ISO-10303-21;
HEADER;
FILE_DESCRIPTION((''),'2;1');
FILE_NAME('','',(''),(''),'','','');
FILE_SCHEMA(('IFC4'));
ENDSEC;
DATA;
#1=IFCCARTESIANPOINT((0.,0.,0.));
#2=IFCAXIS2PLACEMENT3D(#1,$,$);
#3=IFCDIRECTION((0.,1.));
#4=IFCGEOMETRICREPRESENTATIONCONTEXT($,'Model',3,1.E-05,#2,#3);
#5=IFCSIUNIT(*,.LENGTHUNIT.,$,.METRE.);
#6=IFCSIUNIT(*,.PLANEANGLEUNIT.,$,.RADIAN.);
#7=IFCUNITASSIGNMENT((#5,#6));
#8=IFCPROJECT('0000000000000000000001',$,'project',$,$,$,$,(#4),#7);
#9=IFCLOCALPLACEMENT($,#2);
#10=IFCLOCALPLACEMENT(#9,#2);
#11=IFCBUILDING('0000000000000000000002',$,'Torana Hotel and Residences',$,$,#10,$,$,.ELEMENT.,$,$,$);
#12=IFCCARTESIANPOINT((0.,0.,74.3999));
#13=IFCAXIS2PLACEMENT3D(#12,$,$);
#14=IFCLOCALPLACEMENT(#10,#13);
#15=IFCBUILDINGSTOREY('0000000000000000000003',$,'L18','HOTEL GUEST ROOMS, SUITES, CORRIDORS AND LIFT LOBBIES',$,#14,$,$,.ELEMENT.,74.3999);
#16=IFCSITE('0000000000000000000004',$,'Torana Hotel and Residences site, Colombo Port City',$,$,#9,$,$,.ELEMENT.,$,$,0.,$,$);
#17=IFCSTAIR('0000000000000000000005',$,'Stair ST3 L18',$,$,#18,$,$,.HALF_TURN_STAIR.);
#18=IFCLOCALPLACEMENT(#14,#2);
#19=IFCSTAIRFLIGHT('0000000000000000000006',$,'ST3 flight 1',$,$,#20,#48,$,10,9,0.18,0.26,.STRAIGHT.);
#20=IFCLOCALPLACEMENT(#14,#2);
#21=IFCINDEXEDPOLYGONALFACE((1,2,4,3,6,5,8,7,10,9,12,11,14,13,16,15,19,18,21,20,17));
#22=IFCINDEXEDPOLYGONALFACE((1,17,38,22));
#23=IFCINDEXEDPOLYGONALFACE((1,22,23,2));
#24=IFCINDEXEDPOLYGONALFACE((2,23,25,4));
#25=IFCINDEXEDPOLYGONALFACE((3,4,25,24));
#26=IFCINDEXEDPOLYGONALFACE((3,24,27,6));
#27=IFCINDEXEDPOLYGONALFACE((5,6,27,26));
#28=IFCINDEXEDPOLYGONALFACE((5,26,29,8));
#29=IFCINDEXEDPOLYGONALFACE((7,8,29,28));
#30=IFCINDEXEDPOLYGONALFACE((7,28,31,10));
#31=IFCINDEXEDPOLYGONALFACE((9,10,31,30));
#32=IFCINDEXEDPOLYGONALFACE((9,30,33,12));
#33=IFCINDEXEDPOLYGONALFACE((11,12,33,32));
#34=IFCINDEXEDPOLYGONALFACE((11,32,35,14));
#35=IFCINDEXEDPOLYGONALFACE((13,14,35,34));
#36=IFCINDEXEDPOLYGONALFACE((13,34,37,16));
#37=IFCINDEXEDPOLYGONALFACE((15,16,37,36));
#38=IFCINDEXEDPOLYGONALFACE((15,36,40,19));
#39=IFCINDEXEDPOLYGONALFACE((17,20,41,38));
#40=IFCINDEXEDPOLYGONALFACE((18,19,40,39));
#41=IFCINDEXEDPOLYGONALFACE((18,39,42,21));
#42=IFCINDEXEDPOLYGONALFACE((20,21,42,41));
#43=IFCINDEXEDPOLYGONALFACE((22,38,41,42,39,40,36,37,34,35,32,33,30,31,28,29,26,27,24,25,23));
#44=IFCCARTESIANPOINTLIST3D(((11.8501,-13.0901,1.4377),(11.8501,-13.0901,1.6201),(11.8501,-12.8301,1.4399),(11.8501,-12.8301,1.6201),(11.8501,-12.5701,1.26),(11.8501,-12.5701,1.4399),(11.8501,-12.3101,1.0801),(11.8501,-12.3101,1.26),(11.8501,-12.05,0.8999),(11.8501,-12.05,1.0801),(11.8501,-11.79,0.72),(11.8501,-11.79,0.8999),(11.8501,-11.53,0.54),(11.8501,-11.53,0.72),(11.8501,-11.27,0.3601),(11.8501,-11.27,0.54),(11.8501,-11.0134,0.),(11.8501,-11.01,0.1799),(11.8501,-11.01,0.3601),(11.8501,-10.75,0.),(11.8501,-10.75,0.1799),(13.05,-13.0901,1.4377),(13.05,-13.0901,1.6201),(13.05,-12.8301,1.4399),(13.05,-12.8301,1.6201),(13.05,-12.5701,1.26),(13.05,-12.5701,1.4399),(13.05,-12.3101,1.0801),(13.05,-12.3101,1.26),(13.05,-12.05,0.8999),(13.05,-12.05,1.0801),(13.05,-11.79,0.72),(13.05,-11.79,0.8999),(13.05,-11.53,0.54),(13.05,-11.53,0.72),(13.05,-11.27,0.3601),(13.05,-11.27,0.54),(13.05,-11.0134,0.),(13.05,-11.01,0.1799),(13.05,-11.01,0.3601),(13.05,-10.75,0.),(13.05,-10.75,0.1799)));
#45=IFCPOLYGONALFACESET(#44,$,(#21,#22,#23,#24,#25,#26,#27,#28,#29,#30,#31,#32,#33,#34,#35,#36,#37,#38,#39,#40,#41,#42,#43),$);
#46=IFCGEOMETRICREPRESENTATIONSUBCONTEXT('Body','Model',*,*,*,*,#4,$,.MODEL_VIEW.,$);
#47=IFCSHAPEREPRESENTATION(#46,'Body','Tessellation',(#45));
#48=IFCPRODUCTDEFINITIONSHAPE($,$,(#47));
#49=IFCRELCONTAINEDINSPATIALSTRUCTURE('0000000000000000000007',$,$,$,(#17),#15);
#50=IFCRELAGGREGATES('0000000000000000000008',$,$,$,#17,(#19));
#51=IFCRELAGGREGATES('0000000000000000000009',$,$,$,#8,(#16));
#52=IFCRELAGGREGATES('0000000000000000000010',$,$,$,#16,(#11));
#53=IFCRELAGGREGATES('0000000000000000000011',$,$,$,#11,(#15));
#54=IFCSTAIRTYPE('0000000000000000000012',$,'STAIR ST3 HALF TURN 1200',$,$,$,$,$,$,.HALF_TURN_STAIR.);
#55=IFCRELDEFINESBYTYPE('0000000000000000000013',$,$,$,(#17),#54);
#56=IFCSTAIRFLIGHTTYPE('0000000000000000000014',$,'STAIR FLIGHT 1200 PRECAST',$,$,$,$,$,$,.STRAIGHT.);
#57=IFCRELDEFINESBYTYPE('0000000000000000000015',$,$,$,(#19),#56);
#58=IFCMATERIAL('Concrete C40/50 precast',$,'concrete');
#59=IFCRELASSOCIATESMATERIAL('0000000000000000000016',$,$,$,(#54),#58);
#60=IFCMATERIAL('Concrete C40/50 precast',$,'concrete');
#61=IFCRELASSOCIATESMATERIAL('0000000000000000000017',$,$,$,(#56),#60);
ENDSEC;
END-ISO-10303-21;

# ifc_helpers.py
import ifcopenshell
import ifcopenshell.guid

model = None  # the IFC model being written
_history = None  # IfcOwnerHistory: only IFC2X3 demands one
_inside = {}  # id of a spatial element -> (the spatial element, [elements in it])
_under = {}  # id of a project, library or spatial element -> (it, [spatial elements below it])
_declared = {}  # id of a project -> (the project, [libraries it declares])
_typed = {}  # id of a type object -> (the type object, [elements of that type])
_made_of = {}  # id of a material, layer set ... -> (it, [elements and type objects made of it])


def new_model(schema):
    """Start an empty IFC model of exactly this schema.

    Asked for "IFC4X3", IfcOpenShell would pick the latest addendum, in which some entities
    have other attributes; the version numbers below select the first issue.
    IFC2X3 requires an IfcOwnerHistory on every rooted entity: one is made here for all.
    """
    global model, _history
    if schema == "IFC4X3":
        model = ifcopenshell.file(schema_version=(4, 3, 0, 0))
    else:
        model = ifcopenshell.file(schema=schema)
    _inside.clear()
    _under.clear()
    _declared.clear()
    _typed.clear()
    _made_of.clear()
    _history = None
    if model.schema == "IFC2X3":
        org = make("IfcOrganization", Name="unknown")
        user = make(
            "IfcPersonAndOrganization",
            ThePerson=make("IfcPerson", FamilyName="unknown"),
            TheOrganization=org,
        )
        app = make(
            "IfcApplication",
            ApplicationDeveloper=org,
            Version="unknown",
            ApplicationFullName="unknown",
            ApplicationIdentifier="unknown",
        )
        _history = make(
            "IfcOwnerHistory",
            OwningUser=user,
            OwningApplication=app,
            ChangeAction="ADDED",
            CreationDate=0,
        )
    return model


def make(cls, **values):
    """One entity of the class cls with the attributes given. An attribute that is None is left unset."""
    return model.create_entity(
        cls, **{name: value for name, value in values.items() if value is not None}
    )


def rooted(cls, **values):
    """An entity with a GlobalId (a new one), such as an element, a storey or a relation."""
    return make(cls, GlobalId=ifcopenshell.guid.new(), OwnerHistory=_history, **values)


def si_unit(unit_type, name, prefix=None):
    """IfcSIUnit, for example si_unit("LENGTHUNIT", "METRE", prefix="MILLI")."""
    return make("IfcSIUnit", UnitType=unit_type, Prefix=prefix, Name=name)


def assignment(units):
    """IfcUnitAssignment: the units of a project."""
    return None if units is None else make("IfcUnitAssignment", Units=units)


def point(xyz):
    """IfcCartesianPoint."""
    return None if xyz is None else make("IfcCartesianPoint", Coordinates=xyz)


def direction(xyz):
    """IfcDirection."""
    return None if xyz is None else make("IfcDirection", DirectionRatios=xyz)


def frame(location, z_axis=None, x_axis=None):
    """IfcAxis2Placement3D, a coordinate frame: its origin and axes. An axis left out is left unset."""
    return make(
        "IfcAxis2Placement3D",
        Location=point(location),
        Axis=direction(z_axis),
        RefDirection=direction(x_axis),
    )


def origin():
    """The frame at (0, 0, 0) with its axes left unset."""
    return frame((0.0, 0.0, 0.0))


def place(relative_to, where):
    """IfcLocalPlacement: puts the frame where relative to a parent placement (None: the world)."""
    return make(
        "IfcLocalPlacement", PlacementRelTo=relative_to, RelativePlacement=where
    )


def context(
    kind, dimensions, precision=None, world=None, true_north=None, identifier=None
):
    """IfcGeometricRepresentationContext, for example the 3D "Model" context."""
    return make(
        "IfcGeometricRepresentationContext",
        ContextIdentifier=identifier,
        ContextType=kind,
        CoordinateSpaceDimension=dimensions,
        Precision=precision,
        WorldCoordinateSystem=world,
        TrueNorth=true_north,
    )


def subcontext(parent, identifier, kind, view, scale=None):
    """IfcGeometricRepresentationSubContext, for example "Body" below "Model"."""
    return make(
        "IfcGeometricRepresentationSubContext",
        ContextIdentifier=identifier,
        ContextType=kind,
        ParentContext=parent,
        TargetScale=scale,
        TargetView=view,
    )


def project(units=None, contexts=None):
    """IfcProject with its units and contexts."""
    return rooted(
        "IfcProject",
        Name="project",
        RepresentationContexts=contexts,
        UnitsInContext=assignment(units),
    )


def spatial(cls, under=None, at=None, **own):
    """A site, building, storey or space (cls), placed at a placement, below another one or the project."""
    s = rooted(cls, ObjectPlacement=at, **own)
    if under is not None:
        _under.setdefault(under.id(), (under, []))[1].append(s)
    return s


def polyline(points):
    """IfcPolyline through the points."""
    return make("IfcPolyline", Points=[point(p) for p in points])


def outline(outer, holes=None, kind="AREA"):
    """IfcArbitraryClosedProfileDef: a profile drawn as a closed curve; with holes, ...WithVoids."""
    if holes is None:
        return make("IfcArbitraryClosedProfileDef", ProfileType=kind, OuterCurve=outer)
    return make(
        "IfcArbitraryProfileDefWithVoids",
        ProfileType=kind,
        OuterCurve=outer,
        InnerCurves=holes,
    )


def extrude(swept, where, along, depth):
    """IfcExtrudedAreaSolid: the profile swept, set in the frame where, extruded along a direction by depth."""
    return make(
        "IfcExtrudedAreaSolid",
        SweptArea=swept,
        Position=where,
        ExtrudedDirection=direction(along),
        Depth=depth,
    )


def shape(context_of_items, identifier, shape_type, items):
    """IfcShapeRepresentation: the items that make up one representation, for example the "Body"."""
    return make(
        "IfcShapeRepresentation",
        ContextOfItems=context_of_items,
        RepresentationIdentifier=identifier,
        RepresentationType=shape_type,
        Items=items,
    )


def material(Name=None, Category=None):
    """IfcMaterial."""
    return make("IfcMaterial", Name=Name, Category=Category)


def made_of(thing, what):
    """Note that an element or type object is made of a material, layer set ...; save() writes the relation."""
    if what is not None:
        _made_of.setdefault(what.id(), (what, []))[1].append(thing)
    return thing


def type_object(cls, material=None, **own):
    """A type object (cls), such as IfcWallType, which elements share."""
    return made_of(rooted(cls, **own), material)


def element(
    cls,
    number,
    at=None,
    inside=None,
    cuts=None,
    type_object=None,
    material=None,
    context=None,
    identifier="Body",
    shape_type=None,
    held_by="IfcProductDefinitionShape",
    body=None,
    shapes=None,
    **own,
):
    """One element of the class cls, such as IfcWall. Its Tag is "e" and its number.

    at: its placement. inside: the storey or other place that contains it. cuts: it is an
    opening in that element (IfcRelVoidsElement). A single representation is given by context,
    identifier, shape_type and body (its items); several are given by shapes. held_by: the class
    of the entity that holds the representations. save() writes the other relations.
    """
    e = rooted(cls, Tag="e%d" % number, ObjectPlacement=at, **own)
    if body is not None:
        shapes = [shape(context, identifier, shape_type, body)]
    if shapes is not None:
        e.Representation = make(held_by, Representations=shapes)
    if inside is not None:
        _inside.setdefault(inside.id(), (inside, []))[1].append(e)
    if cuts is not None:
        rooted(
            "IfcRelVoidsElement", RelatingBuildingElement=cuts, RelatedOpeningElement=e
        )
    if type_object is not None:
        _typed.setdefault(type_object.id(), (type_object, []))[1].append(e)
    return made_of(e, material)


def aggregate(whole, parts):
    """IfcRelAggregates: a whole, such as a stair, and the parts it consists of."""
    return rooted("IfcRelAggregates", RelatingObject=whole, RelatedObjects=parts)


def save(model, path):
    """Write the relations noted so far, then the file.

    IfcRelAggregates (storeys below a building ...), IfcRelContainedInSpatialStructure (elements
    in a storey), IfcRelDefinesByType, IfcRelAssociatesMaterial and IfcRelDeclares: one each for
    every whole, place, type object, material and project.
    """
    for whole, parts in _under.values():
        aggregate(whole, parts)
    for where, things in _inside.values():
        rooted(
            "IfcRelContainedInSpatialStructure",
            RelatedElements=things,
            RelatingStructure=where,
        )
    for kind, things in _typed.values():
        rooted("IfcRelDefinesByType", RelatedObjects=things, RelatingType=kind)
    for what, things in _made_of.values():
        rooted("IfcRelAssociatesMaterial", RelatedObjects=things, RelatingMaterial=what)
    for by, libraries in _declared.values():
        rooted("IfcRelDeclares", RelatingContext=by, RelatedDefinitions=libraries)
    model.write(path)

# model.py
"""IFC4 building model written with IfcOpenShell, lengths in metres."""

from ifc_helpers import new_model, si_unit, direction, frame, origin, place, context, subcontext, project, spatial, polyline, outline, extrude, material, type_object, element, aggregate, save


model = new_model("IFC4")

# Units and contexts
model_context = context("Model", 3, precision=1e-05, world=origin(), true_north=direction((0.0, 1.0)))
body_context = subcontext(model_context, "Body", "Model", "MODEL_VIEW")
ifc_project = project(units=[si_unit("LENGTHUNIT", "METRE"), si_unit("PLANEANGLEUNIT", "RADIAN")], contexts=[model_context])

# Site, building, storey
site_placement = place(None, origin())
site = spatial("IfcSite", under=ifc_project, at=site_placement, Name="Torana Hotel and Residences site, Colombo Port City", CompositionType="ELEMENT", RefElevation=0.0)
building_placement = place(site_placement, origin())
building = spatial("IfcBuilding", under=site, at=building_placement, Name="Torana Hotel and Residences", CompositionType="ELEMENT")
storey_placement = place(building_placement, frame((0.0, 0.0, 74.3999)))
storey = spatial("IfcBuildingStorey", under=building, at=storey_placement, Name="L18", Description="HOTEL GUEST ROOMS, SUITES, CORRIDORS AND LIFT LOBBIES", CompositionType="ELEMENT", Elevation=74.3999)

# Stair, stair flight
ifc_material_1 = material(Name="Concrete C40/50 precast", Category="concrete")
stair_type = type_object("IfcStairType", Name="STAIR ST3 HALF TURN 1200", PredefinedType="HALF_TURN_STAIR", material=ifc_material_1)
stair_placement = place(storey_placement, origin())
stair = element("IfcStair", 1, at=stair_placement, inside=storey, type_object=stair_type, Name="Stair ST3 L18", PredefinedType="HALF_TURN_STAIR")
ifc_material_2 = material(Name="Concrete C40/50 precast", Category="concrete")
stair_flight_type = type_object("IfcStairFlightType", Name="STAIR FLIGHT 1200 PRECAST", PredefinedType="STRAIGHT", material=ifc_material_2)
stair_flight_placement = place(storey_placement, frame((12.45, -10.75, 0.0), z_axis=(0.0, 0.0, 1.0), x_axis=(0.0, -1.0, 0.0)))
stair_flight = element("IfcStairFlight", 2, at=stair_flight_placement, type_object=stair_flight_type, Name="ST3 flight 1", NumberOfRisers=10, NumberOfTreads=9, PredefinedType="STRAIGHT", RiserHeight=0.18, TreadLength=0.26, context=body_context, shape_type="SweptSolid", body=[
    extrude(outline(polyline([(0.0, 0.0), (0.0, 0.1799), (0.26, 0.1799), (0.26, 0.3601), (0.52, 0.3601), (0.52, 0.54), (0.78, 0.54), (0.78, 0.72), (1.04, 0.72), (1.04, 0.8999), (1.3, 0.8999), (1.3, 1.0801), (1.5601, 1.0801), (1.5601, 1.26), (1.8201, 1.26), (1.8201, 1.4399), (2.0801, 1.4399), (2.0801, 1.6201), (2.3401, 1.6201), (2.3401, 1.8), (2.3401, 1.4377), (0.2634, 0.0), (0.0, 0.0)])), frame((0.0, 0.6001, 0.0), z_axis=(0.0, -1.0, 0.0), x_axis=(1.0, 0.0, 0.0)), (0.0, 0.0, 1.0), 1.2),
])
aggregate(stair, [stair_flight])

save(model, "model.ifc")
